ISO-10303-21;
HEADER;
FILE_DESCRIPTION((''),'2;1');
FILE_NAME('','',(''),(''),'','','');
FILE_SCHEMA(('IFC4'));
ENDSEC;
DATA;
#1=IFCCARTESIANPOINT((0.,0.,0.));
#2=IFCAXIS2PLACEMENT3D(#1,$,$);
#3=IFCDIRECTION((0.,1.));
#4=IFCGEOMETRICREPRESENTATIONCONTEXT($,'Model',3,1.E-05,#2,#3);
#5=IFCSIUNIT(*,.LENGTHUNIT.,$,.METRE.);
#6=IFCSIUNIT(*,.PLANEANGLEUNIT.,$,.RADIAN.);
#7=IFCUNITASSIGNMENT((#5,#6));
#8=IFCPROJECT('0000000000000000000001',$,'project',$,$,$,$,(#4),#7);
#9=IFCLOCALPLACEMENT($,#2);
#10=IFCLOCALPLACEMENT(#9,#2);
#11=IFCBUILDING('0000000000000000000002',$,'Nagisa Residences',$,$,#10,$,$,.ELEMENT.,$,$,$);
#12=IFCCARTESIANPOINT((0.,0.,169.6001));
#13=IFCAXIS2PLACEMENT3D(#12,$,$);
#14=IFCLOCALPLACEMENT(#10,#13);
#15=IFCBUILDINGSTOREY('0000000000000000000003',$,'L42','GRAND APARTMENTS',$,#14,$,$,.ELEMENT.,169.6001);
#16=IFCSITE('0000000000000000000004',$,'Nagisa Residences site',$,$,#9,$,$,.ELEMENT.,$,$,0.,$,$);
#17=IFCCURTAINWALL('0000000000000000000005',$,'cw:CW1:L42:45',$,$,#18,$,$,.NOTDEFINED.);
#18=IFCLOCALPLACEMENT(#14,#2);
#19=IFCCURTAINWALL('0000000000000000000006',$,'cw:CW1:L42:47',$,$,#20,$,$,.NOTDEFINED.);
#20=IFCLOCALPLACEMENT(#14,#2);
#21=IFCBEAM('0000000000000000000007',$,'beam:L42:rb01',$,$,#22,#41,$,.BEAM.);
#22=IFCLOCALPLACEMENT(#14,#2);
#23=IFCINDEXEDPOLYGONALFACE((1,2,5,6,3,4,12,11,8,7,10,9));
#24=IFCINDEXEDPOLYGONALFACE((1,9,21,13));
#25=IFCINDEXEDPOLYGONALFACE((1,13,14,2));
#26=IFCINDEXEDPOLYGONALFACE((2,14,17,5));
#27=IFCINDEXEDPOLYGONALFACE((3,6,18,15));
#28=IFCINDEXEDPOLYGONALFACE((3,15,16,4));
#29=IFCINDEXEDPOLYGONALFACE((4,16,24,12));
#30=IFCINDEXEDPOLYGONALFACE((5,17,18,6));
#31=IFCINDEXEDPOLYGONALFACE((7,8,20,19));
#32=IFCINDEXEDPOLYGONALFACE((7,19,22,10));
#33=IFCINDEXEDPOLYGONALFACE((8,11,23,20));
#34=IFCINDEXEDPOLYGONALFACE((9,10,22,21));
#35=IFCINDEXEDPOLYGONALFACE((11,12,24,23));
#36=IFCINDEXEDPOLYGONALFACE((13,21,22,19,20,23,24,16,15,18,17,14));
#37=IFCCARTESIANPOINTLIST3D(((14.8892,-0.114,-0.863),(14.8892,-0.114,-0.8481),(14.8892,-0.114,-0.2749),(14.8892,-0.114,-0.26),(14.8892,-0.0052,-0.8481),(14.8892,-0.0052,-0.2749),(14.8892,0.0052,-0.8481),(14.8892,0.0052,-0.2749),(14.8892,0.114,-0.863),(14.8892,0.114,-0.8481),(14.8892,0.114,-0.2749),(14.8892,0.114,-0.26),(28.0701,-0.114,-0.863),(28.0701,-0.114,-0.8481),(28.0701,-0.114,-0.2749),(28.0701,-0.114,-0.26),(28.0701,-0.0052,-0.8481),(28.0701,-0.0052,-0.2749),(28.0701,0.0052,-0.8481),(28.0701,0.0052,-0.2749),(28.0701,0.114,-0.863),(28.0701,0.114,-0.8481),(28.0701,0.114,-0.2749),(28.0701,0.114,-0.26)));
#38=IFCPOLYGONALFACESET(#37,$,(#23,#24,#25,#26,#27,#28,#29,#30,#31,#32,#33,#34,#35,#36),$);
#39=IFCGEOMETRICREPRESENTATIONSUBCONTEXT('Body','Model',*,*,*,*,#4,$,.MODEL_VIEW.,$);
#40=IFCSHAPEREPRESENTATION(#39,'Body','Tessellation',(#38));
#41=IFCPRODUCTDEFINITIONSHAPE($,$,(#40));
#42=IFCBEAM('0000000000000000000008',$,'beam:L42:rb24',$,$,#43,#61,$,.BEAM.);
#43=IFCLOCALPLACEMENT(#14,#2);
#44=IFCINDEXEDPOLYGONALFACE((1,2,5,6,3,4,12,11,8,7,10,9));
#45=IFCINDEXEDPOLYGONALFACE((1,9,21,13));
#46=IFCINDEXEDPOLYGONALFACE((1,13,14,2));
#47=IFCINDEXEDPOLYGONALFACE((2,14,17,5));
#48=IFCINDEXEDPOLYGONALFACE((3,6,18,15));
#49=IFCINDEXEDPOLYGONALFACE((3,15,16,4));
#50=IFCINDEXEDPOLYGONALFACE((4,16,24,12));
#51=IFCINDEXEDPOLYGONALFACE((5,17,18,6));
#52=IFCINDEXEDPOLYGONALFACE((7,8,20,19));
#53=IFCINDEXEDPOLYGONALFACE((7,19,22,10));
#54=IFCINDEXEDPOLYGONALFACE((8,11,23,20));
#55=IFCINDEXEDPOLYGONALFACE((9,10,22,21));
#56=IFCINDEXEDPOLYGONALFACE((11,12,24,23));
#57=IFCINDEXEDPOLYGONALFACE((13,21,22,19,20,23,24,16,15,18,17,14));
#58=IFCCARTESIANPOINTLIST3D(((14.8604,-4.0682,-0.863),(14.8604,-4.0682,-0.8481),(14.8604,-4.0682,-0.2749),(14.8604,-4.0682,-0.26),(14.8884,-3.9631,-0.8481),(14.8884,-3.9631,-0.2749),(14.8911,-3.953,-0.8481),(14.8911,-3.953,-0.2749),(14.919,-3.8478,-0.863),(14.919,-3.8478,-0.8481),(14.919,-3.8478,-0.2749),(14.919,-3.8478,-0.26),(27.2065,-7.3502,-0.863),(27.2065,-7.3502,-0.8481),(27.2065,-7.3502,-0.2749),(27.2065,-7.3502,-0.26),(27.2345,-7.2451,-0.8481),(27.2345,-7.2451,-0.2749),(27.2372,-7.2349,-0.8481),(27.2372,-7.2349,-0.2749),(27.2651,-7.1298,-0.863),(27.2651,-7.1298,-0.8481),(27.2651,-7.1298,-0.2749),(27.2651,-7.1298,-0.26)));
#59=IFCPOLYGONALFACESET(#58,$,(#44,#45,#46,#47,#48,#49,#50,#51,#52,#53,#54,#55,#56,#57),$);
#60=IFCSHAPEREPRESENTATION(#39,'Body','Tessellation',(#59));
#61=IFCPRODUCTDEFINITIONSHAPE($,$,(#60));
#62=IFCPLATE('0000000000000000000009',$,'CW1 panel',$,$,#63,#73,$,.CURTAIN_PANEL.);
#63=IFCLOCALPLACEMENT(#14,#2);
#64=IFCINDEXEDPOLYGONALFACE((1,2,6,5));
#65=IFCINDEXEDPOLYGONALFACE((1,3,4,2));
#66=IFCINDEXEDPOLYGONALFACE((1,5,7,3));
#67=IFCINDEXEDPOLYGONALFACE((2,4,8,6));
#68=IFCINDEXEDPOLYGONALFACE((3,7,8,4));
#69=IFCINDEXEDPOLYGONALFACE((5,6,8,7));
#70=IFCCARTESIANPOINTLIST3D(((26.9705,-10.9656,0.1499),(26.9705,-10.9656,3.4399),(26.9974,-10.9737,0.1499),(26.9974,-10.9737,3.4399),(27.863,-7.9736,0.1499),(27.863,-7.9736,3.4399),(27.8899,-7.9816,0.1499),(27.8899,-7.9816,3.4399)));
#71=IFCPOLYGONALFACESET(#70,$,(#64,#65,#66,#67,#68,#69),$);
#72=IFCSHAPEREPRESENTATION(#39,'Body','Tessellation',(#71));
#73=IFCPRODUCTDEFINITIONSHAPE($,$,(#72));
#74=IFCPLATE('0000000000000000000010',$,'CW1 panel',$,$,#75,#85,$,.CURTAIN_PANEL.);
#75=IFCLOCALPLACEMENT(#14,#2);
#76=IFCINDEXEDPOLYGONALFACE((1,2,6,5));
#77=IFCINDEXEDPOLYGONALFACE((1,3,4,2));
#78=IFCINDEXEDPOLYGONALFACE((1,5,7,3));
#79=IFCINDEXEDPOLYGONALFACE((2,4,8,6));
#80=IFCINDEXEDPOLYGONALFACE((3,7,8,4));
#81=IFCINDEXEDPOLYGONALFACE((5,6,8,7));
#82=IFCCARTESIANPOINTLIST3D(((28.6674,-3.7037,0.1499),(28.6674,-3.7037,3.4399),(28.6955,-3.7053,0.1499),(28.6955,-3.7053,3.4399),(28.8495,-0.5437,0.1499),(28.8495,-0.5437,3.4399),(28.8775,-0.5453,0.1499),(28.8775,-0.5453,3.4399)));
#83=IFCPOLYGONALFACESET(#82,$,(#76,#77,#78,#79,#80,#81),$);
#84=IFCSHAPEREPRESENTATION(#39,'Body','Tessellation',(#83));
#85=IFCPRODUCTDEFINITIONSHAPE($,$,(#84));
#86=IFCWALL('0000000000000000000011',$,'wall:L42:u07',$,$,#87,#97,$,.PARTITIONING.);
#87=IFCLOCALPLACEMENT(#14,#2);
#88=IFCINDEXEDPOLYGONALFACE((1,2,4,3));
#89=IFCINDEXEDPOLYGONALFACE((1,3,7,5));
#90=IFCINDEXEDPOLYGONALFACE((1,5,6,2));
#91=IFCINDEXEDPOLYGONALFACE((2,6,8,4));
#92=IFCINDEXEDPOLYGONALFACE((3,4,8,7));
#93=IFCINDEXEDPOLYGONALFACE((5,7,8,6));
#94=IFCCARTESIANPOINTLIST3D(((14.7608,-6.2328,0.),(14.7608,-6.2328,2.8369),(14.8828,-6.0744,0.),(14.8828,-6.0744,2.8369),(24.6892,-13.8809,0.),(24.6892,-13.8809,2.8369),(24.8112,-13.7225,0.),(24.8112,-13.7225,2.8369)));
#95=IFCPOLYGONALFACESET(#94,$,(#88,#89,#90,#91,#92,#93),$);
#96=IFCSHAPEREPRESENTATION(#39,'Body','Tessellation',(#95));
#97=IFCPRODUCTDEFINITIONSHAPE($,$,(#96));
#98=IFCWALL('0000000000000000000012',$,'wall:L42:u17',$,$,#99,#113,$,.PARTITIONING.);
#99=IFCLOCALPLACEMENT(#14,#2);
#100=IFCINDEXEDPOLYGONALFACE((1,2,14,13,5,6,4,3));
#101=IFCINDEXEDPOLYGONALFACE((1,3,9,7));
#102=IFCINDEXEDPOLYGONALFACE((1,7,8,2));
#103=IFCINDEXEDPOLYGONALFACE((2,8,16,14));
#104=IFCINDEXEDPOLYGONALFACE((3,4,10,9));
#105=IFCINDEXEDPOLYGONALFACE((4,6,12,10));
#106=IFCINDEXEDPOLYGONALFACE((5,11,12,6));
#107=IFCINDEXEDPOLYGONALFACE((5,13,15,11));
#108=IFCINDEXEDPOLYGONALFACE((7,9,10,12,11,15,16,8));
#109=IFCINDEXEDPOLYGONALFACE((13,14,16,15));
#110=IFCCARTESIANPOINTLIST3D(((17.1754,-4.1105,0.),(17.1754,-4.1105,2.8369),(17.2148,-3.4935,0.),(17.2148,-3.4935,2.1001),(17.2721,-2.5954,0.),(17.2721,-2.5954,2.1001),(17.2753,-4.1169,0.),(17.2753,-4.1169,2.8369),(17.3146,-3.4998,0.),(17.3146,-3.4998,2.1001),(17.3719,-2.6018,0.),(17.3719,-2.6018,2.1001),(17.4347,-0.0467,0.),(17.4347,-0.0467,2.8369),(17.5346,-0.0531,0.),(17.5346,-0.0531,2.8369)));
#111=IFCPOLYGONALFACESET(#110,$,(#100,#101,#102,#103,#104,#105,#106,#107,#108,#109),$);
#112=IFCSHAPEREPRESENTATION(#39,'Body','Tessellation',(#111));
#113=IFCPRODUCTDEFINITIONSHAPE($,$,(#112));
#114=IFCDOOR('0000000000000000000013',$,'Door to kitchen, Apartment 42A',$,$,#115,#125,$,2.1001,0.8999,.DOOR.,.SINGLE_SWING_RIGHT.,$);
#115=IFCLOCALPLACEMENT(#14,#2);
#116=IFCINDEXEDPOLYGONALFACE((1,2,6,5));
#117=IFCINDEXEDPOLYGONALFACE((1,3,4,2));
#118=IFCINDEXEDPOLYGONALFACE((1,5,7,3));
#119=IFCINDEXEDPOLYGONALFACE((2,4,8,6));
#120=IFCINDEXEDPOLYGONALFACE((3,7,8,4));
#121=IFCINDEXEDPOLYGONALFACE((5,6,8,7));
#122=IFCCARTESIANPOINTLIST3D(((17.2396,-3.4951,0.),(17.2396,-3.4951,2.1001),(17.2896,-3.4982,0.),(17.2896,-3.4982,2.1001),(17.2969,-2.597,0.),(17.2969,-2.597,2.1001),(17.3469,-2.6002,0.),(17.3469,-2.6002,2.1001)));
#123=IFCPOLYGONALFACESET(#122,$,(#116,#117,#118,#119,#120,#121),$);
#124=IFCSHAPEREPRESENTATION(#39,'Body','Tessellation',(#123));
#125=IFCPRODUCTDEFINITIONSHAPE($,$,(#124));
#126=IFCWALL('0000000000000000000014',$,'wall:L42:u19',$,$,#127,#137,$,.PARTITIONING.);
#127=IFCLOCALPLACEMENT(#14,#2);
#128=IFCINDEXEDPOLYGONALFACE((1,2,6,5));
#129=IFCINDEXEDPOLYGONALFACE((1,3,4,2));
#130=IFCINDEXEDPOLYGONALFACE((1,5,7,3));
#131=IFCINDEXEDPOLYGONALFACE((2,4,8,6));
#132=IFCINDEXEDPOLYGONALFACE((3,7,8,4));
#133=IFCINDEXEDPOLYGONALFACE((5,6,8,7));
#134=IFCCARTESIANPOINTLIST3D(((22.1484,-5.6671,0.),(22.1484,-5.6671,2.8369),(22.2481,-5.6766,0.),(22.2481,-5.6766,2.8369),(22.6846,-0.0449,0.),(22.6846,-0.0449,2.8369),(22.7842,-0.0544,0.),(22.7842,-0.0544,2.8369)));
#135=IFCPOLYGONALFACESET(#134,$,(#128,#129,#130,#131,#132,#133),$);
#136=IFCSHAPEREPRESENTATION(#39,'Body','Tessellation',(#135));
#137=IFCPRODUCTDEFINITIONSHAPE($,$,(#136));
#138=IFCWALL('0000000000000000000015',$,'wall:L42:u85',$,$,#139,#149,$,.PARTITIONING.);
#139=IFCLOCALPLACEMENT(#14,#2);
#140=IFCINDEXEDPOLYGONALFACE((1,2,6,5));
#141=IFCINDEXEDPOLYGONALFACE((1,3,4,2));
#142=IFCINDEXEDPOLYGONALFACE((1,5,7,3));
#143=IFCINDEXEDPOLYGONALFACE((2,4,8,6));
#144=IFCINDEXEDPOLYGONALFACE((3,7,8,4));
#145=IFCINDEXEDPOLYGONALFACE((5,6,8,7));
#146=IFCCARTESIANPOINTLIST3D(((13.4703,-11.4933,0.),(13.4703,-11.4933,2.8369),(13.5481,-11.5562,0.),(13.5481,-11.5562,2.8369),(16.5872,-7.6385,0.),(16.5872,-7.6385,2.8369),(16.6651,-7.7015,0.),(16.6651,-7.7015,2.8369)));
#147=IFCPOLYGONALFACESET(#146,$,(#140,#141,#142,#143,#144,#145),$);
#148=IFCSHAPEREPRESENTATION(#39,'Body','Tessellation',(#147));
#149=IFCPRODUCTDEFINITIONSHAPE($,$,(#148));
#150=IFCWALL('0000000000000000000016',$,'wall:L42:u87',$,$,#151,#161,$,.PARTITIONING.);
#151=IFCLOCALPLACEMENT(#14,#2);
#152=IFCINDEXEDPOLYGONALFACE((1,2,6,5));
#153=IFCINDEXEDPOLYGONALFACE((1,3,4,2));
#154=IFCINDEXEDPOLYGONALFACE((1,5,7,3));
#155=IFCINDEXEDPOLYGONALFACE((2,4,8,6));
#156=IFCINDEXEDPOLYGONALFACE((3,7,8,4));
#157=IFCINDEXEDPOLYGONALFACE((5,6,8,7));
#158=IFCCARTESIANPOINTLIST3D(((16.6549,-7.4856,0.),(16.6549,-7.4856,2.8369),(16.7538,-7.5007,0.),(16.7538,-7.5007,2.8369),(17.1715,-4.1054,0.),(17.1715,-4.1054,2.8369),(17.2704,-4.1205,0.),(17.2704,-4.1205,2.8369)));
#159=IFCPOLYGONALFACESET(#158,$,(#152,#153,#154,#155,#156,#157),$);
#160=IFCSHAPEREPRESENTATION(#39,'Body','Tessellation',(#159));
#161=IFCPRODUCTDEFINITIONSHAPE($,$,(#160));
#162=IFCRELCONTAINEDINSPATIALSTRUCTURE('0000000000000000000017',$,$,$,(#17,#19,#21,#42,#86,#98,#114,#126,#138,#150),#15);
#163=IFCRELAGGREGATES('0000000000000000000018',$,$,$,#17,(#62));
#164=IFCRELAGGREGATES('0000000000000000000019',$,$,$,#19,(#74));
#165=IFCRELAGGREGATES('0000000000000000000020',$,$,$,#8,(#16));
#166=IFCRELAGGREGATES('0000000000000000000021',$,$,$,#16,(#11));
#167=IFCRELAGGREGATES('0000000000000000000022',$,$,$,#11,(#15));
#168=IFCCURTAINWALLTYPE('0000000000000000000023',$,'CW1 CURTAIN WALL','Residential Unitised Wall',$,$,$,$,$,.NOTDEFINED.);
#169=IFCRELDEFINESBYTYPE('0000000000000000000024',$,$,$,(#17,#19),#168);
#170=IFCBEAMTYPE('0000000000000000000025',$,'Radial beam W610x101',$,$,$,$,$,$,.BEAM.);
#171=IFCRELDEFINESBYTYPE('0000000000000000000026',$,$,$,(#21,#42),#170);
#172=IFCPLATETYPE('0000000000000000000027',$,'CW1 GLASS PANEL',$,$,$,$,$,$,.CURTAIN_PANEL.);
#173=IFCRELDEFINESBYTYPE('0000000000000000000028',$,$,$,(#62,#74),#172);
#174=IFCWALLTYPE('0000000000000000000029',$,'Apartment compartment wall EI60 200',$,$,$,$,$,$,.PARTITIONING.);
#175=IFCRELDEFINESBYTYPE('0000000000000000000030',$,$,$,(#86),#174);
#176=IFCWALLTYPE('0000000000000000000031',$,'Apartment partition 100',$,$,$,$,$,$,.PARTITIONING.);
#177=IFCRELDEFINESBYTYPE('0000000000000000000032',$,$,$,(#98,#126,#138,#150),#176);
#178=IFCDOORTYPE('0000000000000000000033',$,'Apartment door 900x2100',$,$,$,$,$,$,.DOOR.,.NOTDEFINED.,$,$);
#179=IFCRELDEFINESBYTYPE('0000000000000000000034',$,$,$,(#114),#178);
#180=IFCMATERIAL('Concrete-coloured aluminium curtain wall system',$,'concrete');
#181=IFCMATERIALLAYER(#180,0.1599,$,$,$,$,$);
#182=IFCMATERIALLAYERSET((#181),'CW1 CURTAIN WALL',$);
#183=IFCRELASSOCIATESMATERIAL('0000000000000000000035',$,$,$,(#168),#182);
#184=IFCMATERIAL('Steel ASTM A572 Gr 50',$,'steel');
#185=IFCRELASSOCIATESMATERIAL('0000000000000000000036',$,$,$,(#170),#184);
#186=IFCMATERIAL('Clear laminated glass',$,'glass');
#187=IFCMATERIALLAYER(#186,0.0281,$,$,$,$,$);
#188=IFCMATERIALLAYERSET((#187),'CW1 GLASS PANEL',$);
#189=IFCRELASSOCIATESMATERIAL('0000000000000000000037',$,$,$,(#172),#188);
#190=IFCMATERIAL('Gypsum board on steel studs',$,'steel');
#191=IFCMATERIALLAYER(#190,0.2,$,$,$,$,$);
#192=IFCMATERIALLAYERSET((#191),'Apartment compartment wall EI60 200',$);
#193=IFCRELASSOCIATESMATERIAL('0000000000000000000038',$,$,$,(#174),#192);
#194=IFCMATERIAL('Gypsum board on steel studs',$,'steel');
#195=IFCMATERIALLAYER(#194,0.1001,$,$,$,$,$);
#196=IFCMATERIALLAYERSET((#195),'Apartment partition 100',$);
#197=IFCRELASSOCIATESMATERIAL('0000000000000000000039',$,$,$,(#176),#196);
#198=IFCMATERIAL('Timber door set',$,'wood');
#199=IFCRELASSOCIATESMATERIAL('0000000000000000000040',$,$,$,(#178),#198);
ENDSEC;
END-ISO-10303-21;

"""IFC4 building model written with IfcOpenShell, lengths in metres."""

from ifc_helpers import new_model, si_unit, direction, frame, frame_2d, origin, origin_2d, place, context, subcontext, project, spatial, rectangle, i_section, extrude, material, layer, layer_set, material_profile, profile_set, type_object, element, fill, aggregate, save


model = new_model("IFC4")

# Units and contexts
model_context = context("Model", 3, precision=1e-05, world=origin(), true_north=direction((0.0, 1.0)))
body_context = subcontext(model_context, "Body", "Model", "MODEL_VIEW")
ifc_project = project(units=[si_unit("LENGTHUNIT", "METRE"), si_unit("PLANEANGLEUNIT", "RADIAN")], contexts=[model_context])

# Site, building, storey
site_placement = place(None, origin())
site = spatial("IfcSite", under=ifc_project, at=site_placement, Name="Nagisa Residences site", CompositionType="ELEMENT", RefElevation=0.0)
building_placement = place(site_placement, origin())
building = spatial("IfcBuilding", under=site, at=building_placement, Name="Nagisa Residences", CompositionType="ELEMENT")
storey_placement = place(building_placement, frame((0.0, 0.0, 169.6001)))
storey = spatial("IfcBuildingStorey", under=building, at=storey_placement, Name="L42", Description="GRAND APARTMENTS", CompositionType="ELEMENT", Elevation=169.6001)

# Curtain walls
ifc_material_1 = material(Name="Concrete-coloured aluminium curtain wall system", Category="concrete")
ifc_layer_1 = layer(ifc_material_1, 0.1599)
ifc_layer_set_1 = layer_set([ifc_layer_1], Name="CW1 CURTAIN WALL")
curtain_wall_type = type_object("IfcCurtainWallType", Name="CW1 CURTAIN WALL", Description="Residential Unitised Wall", PredefinedType="NOTDEFINED", material=ifc_layer_set_1)
curtain_wall_1_placement = place(storey_placement, origin())
curtain_wall_1 = element("IfcCurtainWall", 1, at=curtain_wall_1_placement, inside=storey, type_object=curtain_wall_type, Name="cw:CW1:L42:45", PredefinedType="NOTDEFINED")
curtain_wall_2_placement = place(storey_placement, origin())
curtain_wall_2 = element("IfcCurtainWall", 2, at=curtain_wall_2_placement, inside=storey, type_object=curtain_wall_type, Name="cw:CW1:L42:47", PredefinedType="NOTDEFINED")

# Beams
ifc_material_2 = material(Name="Steel ASTM A572 Gr 50", Category="steel")
ifc_material_profile_1 = material_profile(ifc_material_2, i_section(OverallWidth=0.228, OverallDepth=0.603, WebThickness=0.0105, FlangeThickness=0.0149, at=origin_2d()), Name="W610x101")
ifc_profile_set_1 = profile_set([ifc_material_profile_1], Name="Steel ASTM A572 Gr 50")
beam_type_1 = type_object("IfcBeamType", Name="Radial beam W610x101", PredefinedType="BEAM", material=ifc_profile_set_1)
beam_1_placement = place(storey_placement, frame((28.0701, 0.0, -0.5615), z_axis=(-1.0, 0.0, 0.0), x_axis=(0.0, -1.0, 0.0)))
element("IfcBeam", 3, at=beam_1_placement, inside=storey, type_object=beam_type_1, Name="beam:L42:rb01", PredefinedType="BEAM", context=body_context, shape_type="SweptSolid", body=[
    extrude(i_section(OverallWidth=0.228, OverallDepth=0.603, WebThickness=0.0105, FlangeThickness=0.0149, at=origin_2d()), origin(), (0.0, 0.0, 1.0), 13.1809),
])
beam_2_placement = place(storey_placement, frame((27.2358, -7.24, -0.5615), z_axis=(-0.966436, 0.256907, 0.0), x_axis=(-0.256907, -0.966436, 0.0)))
element("IfcBeam", 4, at=beam_2_placement, inside=storey, type_object=beam_type_1, Name="beam:L42:rb24", PredefinedType="BEAM", context=body_context, shape_type="SweptSolid", body=[
    extrude(i_section(OverallWidth=0.228, OverallDepth=0.603, WebThickness=0.0105, FlangeThickness=0.0149, at=origin_2d()), origin(), (0.0, 0.0, 1.0), 12.7749),
])

# Plates
ifc_material_3 = material(Name="Clear laminated glass", Category="glass")
ifc_layer_2 = layer(ifc_material_3, 0.0281)
ifc_layer_set_2 = layer_set([ifc_layer_2], Name="CW1 GLASS PANEL")
plate_type = type_object("IfcPlateType", Name="CW1 GLASS PANEL", PredefinedType="CURTAIN_PANEL", material=ifc_layer_set_2)
plate_1_placement = place(storey_placement, frame((27.4302, -9.4736, 0.1499), z_axis=(0.0, 0.0, 1.0), x_axis=(0.28586, 0.958271, 0.0)))
plate_1 = element("IfcPlate", 5, at=plate_1_placement, type_object=plate_type, Name="CW1 panel", PredefinedType="CURTAIN_PANEL", context=body_context, shape_type="SweptSolid", body=[
    extrude(rectangle(XDim=3.1223, YDim=0.0281, at=origin_2d()), origin(), (0.0, 0.0, 1.0), 3.29),
])
aggregate(curtain_wall_1, [plate_1])
plate_2_placement = place(storey_placement, frame((28.7725, -2.1245, 0.1499), z_axis=(0.0, 0.0, 1.0), x_axis=(0.057503, 0.998345, 0.0)))
plate_2 = element("IfcPlate", 6, at=plate_2_placement, type_object=plate_type, Name="CW1 panel", PredefinedType="CURTAIN_PANEL", context=body_context, shape_type="SweptSolid", body=[
    extrude(rectangle(XDim=3.1653, YDim=0.0281, at=origin_2d()), origin(), (0.0, 0.0, 1.0), 3.29),
])
aggregate(curtain_wall_2, [plate_2])

# Wall
ifc_material_4 = material(Name="Gypsum board on steel studs", Category="steel")
ifc_layer_3 = layer(ifc_material_4, 0.2)
ifc_layer_set_3 = layer_set([ifc_layer_3], Name="Apartment compartment wall EI60 200")
wall_type_1 = type_object("IfcWallType", Name="Apartment compartment wall EI60 200", PredefinedType="PARTITIONING", material=ifc_layer_set_3)
wall_1_placement = place(storey_placement, frame((14.8218, -6.1536, 0.0), z_axis=(0.0, 0.0, 1.0), x_axis=(0.792203, -0.610258, 0.0)))
element("IfcWall", 7, at=wall_1_placement, inside=storey, type_object=wall_type_1, Name="wall:L42:u07", PredefinedType="PARTITIONING", context=body_context, shape_type="SweptSolid", body=[
    extrude(rectangle(XDim=12.5327, YDim=0.2, at=frame_2d((6.2664, 0.0))), origin(), (0.0, 0.0, 1.0), 2.8369),
])

# Wall, opening, door
ifc_material_5 = material(Name="Gypsum board on steel studs", Category="steel")
ifc_layer_4 = layer(ifc_material_5, 0.1001)
ifc_layer_set_4 = layer_set([ifc_layer_4], Name="Apartment partition 100")
wall_type_2 = type_object("IfcWallType", Name="Apartment partition 100", PredefinedType="PARTITIONING", material=ifc_layer_set_4)
wall_2_placement = place(storey_placement, frame((17.4846, -0.0498, 0.0), z_axis=(0.0, 0.0, 1.0), x_axis=(-0.063673, -0.997971, 0.0)))
wall_2 = element("IfcWall", 8, at=wall_2_placement, inside=storey, type_object=wall_type_2, Name="wall:L42:u17", PredefinedType="PARTITIONING", context=body_context, shape_type="SweptSolid", body=[
    extrude(rectangle(XDim=4.072, YDim=0.1001, at=frame_2d((2.0361, 0.0))), origin(), (0.0, 0.0, 1.0), 2.8369),
])
opening_1_placement = place(wall_2_placement, frame((2.554, 0.0, 0.0)))
opening_1 = element("IfcOpeningElement", 9, at=opening_1_placement, cuts=wall_2, PredefinedType="OPENING", context=body_context, shape_type="SweptSolid", body=[
    extrude(rectangle(XDim=0.8999, YDim=2.1001, at=frame_2d((0.45, 1.05))), frame((0.0, 0.0601, 0.0), z_axis=(0.0, -1.0, 0.0), x_axis=(1.0, 0.0, 0.0)), (0.0, 0.0, 1.0), 0.1201),
])
ifc_material_6 = material(Name="Timber door set", Category="wood")
door_type_1 = type_object("IfcDoorType", Name="Apartment door 900x2100", OperationType="NOTDEFINED", PredefinedType="DOOR", material=ifc_material_6)
door_1_placement = place(opening_1_placement, origin())
door_1 = element("IfcDoor", 10, at=door_1_placement, inside=storey, type_object=door_type_1, Name="Door to kitchen, Apartment 42A", OperationType="SINGLE_SWING_RIGHT", OverallHeight=2.1001, OverallWidth=0.8999, PredefinedType="DOOR", context=body_context, shape_type="SweptSolid", body=[
    extrude(rectangle(XDim=0.8999, YDim=2.1001, at=frame_2d((0.45, 1.05))), frame((0.0, 0.0249, 0.0), z_axis=(0.0, -1.0, 0.0), x_axis=(1.0, 0.0, 0.0)), (0.0, 0.0, 1.0), 0.05),
])
fill(opening_1, door_1)

# Walls
wall_3_placement = place(storey_placement, frame((22.7344, -0.0498, 0.0), z_axis=(0.0, 0.0, 1.0), x_axis=(-0.094927, -0.995484, 0.0)))
element("IfcWall", 11, at=wall_3_placement, inside=storey, type_object=wall_type_2, Name="wall:L42:u19", PredefinedType="PARTITIONING", context=body_context, shape_type="SweptSolid", body=[
    extrude(rectangle(XDim=5.6477, YDim=0.1001, at=frame_2d((2.8237, 0.0))), origin(), (0.0, 0.0, 1.0), 2.8369),
])
wall_4_placement = place(storey_placement, frame((13.5093, -11.5247, 0.0), z_axis=(0.0, 0.0, 1.0), x_axis=(0.628765, 0.777596, 0.0)))
element("IfcWall", 12, at=wall_4_placement, inside=storey, type_object=wall_type_2, Name="wall:L42:u85", PredefinedType="PARTITIONING", context=body_context, shape_type="SweptSolid", body=[
    extrude(rectangle(XDim=4.9573, YDim=0.1001, at=frame_2d((2.4785, 0.0))), origin(), (0.0, 0.0, 1.0), 2.8369),
])
wall_5_placement = place(storey_placement, frame((16.7043, -7.4932, 0.0), z_axis=(0.0, 0.0, 1.0), x_axis=(0.151081, 0.988521, 0.0)))
element("IfcWall", 13, at=wall_5_placement, inside=storey, type_object=wall_type_2, Name="wall:L42:u87", PredefinedType="PARTITIONING", context=body_context, shape_type="SweptSolid", body=[
    extrude(rectangle(XDim=3.4194, YDim=0.1001, at=frame_2d((1.7097, 0.0))), origin(), (0.0, 0.0, 1.0), 2.8369),
])

save(model, "model.ifc")
